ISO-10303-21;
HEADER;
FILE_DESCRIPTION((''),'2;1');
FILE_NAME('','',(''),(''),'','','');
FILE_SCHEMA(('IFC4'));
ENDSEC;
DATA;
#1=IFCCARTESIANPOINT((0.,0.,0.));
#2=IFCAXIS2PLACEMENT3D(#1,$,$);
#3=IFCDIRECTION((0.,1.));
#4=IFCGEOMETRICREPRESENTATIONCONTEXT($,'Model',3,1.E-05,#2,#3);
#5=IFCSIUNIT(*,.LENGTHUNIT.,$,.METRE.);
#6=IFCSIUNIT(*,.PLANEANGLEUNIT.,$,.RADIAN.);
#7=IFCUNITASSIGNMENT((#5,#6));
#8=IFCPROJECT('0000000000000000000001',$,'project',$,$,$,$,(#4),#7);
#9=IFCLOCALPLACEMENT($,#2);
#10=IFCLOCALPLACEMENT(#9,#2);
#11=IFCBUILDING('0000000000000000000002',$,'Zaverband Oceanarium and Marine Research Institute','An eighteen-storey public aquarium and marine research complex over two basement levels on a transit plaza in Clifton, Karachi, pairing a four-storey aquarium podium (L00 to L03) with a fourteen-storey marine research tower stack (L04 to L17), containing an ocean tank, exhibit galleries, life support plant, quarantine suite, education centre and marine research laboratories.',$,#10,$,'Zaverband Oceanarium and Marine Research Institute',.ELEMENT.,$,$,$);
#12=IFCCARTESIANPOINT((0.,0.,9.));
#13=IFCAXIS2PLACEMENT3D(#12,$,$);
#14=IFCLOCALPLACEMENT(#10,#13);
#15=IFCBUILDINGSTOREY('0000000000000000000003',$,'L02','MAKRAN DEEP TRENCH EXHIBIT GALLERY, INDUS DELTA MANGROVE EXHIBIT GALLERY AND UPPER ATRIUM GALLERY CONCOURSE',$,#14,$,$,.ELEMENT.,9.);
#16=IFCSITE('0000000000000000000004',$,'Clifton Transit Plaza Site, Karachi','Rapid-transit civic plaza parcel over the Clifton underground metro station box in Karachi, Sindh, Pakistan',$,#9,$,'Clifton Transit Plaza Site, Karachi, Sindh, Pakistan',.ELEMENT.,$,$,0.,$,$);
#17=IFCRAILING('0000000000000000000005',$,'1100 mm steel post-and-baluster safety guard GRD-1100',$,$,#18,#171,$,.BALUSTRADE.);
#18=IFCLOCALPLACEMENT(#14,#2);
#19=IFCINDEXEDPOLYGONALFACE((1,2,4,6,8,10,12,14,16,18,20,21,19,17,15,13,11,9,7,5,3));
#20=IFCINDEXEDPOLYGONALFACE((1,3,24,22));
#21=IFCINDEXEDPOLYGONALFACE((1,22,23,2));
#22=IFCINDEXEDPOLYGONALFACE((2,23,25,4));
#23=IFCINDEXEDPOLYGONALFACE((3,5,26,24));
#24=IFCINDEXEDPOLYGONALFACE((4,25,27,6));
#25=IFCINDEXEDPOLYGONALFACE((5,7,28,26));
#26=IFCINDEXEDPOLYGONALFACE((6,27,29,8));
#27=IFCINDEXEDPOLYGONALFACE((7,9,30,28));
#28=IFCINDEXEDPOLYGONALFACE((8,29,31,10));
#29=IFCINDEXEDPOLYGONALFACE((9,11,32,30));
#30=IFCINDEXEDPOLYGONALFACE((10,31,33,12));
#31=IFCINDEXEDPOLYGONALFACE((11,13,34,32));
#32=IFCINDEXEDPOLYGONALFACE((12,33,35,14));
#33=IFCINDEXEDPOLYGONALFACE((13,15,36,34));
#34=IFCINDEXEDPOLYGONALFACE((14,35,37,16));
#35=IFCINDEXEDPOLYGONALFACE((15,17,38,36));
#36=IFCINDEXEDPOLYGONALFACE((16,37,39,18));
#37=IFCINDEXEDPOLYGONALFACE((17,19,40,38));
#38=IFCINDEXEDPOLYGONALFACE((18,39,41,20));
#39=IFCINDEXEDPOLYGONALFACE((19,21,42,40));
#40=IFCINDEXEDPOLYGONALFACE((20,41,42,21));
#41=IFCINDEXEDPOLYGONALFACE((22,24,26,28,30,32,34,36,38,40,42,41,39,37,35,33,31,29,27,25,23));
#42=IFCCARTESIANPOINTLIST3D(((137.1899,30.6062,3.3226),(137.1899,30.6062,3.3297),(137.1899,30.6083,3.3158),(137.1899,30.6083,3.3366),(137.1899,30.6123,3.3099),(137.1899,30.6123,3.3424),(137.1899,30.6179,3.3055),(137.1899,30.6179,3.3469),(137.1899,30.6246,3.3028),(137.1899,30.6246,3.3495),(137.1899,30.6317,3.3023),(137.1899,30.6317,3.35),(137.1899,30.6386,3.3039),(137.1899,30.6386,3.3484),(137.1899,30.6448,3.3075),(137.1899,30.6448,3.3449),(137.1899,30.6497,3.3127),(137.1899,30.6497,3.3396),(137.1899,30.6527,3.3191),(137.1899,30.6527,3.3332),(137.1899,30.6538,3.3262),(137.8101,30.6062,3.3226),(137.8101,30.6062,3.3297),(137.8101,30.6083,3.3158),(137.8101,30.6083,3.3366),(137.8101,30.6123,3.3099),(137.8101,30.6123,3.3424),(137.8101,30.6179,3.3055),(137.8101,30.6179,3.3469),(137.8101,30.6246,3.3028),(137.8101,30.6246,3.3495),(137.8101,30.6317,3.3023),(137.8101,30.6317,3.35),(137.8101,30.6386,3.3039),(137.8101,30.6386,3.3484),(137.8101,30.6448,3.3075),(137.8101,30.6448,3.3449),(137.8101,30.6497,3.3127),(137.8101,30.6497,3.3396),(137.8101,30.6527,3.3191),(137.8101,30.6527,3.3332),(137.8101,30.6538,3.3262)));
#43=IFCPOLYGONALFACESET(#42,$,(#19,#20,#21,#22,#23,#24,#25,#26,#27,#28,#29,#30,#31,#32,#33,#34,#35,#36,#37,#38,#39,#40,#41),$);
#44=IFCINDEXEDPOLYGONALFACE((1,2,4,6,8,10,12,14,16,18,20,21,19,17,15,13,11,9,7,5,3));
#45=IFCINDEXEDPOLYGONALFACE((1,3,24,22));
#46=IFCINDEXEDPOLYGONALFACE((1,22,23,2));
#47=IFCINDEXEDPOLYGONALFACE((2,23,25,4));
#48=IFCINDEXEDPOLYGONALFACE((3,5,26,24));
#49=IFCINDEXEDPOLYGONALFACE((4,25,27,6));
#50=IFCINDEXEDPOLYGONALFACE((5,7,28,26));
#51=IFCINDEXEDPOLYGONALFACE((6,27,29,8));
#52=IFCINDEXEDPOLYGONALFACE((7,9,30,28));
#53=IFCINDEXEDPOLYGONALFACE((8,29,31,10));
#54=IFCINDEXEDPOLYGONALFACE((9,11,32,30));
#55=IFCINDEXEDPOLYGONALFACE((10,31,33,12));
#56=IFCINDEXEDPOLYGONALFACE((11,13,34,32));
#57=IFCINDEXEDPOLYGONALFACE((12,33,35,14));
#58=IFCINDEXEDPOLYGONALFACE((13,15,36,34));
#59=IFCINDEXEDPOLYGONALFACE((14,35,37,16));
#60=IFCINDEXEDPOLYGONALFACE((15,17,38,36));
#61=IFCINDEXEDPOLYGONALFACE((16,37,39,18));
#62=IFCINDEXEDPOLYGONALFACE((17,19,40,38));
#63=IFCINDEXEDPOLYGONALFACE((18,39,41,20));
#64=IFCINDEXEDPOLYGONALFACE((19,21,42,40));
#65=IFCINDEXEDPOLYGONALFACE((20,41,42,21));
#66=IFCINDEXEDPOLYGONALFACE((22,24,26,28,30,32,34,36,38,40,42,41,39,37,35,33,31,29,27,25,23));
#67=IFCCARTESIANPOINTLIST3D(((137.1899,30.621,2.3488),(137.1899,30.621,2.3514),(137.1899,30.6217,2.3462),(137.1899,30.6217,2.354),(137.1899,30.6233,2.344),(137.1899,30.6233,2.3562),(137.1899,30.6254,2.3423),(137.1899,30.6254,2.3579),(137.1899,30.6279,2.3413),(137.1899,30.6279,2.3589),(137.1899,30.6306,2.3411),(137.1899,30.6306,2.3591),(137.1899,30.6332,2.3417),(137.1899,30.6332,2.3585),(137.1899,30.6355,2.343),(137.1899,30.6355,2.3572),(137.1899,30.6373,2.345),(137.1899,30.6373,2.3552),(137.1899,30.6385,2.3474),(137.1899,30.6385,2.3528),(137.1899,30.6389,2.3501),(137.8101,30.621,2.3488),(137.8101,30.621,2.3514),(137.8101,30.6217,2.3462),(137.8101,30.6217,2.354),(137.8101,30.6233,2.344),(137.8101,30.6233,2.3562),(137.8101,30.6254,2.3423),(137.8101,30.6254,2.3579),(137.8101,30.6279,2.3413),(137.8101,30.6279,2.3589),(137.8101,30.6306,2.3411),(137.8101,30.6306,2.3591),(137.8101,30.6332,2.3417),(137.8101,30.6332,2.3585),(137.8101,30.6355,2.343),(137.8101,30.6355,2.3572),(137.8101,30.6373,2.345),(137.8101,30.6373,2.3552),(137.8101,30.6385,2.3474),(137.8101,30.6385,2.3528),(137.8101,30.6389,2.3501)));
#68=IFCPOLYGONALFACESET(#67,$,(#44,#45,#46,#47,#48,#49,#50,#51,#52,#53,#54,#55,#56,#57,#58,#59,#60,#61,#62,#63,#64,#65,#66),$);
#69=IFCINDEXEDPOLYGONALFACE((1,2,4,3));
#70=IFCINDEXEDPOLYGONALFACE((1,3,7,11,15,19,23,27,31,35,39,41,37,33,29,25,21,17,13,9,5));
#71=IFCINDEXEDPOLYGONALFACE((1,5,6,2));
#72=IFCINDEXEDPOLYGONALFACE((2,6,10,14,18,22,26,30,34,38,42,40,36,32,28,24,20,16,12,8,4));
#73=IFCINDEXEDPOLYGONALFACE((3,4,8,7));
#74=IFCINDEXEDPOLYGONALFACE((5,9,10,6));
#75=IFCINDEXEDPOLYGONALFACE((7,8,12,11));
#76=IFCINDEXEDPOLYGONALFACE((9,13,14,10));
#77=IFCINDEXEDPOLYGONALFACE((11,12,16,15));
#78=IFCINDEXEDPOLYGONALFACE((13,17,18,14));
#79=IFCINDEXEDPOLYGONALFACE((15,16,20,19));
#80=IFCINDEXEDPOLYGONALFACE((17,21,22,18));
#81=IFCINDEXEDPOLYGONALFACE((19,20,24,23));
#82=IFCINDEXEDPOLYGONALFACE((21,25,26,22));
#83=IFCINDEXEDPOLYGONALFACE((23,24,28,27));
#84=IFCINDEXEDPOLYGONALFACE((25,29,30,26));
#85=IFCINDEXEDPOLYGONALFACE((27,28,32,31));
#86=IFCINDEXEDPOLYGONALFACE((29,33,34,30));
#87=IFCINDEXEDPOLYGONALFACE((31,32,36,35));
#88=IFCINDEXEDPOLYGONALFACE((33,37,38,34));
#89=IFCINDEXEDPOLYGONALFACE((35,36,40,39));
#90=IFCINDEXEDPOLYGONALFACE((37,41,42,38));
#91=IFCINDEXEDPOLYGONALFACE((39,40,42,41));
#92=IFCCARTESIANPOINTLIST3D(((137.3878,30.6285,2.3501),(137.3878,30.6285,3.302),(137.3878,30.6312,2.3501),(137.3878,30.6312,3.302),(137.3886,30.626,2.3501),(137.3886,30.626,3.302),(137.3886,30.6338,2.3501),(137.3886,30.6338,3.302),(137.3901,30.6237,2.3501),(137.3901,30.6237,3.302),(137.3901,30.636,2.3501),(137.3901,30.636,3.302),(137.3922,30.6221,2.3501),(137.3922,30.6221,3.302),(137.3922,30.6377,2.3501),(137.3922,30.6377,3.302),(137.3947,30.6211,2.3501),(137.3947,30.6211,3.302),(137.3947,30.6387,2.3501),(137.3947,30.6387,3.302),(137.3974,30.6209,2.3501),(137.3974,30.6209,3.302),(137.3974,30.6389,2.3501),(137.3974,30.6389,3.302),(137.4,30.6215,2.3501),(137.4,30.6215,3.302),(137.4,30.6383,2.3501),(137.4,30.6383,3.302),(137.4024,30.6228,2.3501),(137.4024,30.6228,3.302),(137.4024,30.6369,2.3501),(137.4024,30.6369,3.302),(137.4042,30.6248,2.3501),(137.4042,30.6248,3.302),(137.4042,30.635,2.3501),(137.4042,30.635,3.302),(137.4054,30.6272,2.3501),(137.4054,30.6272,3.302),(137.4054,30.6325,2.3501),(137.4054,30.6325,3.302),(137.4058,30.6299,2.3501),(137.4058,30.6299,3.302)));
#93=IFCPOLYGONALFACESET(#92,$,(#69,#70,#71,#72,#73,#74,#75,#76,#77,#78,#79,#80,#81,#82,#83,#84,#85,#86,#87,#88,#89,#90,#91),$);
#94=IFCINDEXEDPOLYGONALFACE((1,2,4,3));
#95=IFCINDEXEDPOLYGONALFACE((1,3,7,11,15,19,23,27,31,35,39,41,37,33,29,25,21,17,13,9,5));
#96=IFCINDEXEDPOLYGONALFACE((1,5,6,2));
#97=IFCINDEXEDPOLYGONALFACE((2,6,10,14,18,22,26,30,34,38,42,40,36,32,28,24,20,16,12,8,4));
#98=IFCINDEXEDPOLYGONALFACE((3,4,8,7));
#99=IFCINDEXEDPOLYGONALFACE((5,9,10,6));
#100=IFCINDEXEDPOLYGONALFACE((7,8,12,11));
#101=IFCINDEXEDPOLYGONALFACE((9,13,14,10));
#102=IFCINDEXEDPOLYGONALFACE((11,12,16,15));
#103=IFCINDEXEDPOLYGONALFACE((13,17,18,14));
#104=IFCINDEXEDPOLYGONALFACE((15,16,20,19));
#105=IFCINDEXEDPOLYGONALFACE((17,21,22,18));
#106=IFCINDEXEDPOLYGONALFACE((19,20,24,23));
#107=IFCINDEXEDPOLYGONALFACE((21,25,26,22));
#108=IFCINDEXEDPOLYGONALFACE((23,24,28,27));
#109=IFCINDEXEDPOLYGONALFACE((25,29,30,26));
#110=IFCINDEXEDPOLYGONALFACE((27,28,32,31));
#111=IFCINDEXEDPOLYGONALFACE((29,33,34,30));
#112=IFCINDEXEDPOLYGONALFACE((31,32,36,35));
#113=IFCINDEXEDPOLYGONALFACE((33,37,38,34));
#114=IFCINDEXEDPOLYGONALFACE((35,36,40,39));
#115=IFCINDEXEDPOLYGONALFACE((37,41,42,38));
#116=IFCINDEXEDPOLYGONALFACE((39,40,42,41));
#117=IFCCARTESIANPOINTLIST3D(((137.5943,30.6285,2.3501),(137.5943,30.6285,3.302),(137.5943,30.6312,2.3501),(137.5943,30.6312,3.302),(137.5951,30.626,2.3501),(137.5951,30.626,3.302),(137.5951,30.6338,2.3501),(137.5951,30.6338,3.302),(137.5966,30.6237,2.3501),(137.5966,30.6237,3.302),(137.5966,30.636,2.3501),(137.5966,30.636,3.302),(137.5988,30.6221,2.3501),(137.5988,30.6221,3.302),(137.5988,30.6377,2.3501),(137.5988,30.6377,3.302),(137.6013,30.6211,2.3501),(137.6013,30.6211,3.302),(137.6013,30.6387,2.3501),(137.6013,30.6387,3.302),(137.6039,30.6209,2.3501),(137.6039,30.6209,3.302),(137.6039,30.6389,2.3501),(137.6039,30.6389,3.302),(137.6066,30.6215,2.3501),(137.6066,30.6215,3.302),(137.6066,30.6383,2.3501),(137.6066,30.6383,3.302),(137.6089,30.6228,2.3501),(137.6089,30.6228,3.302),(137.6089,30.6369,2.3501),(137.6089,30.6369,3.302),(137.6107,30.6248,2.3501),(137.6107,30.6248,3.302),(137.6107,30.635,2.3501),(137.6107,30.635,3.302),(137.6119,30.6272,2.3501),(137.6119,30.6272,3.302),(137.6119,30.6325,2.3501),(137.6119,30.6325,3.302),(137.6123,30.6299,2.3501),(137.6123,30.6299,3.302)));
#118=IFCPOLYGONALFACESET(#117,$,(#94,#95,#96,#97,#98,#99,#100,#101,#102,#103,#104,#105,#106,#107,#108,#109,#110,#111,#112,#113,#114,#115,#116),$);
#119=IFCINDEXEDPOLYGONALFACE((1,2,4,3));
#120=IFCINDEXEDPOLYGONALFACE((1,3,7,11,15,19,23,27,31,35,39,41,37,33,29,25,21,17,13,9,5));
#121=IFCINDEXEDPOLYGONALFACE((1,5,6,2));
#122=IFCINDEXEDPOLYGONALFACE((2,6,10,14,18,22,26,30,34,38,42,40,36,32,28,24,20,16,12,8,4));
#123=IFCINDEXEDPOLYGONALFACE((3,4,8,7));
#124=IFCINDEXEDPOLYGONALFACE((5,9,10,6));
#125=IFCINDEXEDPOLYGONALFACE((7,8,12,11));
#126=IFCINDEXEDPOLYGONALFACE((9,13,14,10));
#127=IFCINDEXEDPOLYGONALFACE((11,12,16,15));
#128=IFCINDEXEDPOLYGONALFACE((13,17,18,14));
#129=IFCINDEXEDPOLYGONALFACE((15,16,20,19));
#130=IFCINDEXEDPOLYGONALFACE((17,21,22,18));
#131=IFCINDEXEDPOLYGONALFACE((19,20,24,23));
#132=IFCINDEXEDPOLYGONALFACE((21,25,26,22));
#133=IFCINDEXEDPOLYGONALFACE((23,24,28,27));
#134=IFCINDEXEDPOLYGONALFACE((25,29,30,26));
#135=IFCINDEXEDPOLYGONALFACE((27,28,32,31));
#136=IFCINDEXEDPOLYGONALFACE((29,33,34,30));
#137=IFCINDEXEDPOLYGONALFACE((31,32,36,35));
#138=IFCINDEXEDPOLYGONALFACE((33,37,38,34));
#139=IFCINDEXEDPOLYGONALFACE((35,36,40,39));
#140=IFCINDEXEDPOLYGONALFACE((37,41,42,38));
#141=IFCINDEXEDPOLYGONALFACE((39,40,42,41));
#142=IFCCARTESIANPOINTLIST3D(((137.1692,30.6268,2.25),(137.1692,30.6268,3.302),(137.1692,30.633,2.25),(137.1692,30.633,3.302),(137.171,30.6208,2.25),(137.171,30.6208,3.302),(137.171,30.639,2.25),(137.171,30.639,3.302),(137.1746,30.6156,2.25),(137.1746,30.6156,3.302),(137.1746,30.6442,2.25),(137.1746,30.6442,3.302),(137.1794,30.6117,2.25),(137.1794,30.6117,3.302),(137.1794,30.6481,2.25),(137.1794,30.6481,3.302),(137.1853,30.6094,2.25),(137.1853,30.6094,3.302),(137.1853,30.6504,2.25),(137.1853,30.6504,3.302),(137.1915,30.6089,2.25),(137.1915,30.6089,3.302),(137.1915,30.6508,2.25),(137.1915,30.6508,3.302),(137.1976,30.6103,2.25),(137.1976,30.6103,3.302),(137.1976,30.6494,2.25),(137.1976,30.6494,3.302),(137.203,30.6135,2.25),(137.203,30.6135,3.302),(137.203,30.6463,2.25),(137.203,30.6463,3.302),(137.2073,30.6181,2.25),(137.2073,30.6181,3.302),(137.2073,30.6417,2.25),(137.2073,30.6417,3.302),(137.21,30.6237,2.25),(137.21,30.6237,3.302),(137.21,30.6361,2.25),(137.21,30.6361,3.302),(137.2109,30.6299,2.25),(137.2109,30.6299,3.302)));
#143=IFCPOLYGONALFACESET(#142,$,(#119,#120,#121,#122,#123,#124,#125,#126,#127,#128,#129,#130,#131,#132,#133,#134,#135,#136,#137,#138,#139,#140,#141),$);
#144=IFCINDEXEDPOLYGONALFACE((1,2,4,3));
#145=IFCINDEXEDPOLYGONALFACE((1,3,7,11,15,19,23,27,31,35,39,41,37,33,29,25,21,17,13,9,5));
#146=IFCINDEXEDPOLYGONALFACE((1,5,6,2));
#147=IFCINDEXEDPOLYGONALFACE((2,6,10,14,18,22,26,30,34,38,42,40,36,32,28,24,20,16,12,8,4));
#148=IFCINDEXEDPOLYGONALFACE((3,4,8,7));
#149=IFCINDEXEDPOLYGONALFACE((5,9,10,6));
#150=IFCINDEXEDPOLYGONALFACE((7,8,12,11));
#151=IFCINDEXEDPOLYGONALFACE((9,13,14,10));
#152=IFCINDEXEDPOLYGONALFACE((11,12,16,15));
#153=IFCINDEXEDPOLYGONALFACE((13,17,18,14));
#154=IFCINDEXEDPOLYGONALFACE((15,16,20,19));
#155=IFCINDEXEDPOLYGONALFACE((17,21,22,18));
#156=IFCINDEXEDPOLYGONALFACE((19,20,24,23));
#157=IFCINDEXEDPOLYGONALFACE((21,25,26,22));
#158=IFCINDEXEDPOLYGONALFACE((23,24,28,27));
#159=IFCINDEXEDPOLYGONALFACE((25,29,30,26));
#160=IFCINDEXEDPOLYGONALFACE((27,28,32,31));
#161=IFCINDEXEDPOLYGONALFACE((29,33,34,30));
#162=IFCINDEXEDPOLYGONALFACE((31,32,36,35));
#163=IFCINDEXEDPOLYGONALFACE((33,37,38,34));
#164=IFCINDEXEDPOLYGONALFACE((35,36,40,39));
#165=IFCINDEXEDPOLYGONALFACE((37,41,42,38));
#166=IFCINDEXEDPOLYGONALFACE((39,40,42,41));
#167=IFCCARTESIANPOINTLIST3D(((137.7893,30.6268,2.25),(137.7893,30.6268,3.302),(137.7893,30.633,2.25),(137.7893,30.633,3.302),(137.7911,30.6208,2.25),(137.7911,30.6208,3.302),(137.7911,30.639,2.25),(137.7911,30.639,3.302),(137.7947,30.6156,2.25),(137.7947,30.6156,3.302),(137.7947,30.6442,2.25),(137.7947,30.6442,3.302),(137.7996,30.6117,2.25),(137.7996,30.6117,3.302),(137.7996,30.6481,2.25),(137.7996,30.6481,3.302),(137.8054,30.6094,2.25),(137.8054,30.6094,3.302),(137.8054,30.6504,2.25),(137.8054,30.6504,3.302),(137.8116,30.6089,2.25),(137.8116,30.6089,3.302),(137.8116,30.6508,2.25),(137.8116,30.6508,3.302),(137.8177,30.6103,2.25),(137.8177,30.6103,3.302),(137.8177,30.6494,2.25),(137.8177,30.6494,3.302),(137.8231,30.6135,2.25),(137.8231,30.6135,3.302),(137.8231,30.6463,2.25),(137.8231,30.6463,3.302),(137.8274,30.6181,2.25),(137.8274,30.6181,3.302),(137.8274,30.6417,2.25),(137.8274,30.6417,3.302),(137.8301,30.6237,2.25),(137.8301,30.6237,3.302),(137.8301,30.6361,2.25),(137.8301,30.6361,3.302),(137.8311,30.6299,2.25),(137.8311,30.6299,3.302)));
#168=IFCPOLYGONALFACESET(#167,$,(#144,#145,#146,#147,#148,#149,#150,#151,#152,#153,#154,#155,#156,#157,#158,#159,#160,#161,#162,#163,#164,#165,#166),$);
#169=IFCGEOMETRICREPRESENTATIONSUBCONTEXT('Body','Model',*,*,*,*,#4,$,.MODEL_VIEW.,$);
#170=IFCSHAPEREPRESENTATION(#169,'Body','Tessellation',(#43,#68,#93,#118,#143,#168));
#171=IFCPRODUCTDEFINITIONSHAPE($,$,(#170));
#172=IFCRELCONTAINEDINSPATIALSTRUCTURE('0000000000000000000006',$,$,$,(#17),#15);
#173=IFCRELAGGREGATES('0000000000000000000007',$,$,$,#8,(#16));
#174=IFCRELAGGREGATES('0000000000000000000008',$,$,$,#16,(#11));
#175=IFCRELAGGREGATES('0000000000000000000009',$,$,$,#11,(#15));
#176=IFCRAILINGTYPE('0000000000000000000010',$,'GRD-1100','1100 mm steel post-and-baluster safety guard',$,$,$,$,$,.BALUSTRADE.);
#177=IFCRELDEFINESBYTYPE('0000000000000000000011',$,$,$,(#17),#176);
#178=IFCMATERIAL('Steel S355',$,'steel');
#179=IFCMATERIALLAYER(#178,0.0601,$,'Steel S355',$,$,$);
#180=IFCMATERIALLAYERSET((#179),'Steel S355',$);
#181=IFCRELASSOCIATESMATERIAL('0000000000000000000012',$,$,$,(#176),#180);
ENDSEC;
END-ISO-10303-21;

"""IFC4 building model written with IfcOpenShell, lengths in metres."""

from ifc_helpers import new_model, si_unit, direction, frame, origin, origin_2d, place, context, subcontext, project, spatial, circle, extrude, material, layer, layer_set, type_object, element, save


model = new_model("IFC4")

# Units and contexts
model_context = context("Model", 3, precision=1e-05, world=origin(), true_north=direction((0.0, 1.0)))
body_context = subcontext(model_context, "Body", "Model", "MODEL_VIEW")
ifc_project = project(units=[si_unit("LENGTHUNIT", "METRE"), si_unit("PLANEANGLEUNIT", "RADIAN")], contexts=[model_context])

# Site, building, storey
site_placement = place(None, origin())
site = spatial("IfcSite", under=ifc_project, at=site_placement, Name="Clifton Transit Plaza Site, Karachi", Description="Rapid-transit civic plaza parcel over the Clifton underground metro station box in Karachi, Sindh, Pakistan", LongName="Clifton Transit Plaza Site, Karachi, Sindh, Pakistan", CompositionType="ELEMENT", RefElevation=0.0)
building_placement = place(site_placement, origin())
building = spatial("IfcBuilding", under=site, at=building_placement, Name="Zaverband Oceanarium and Marine Research Institute", Description="An eighteen-storey public aquarium and marine research complex over two basement levels on a transit plaza in Clifton, Karachi, pairing a four-storey aquarium podium (L00 to L03) with a fourteen-storey marine research tower stack (L04 to L17), containing an ocean tank, exhibit galleries, life support plant, quarantine suite, education centre and marine research laboratories.", LongName="Zaverband Oceanarium and Marine Research Institute", CompositionType="ELEMENT")
storey_placement = place(building_placement, frame((0.0, 0.0, 9.0)))
storey = spatial("IfcBuildingStorey", under=building, at=storey_placement, Name="L02", Description="MAKRAN DEEP TRENCH EXHIBIT GALLERY, INDUS DELTA MANGROVE EXHIBIT GALLERY AND UPPER ATRIUM GALLERY CONCOURSE", CompositionType="ELEMENT", Elevation=9.0)

# Shared definitions
ifc_material_1 = material(Name="Steel S355", Category="steel")

# Railing
ifc_layer_1 = layer(ifc_material_1, 0.0601, Name="Steel S355")
ifc_layer_set_1 = layer_set([ifc_layer_1], Name="Steel S355")
railing_type_1 = type_object("IfcRailingType", Name="GRD-1100", Description="1100 mm steel post-and-baluster safety guard", PredefinedType="BALUSTRADE", material=ifc_layer_set_1)
for number, where, name in (
    (1, (137.1899, 30.6299, 2.25), "1100 mm steel post-and-baluster safety guard GRD-1100"),
):
    element("IfcRailing", number, at=place(storey_placement, frame(where)), inside=storey, type_object=railing_type_1, Name=name, PredefinedType="BALUSTRADE", context=body_context, shape_type="SweptSolid", body=[
        extrude(circle(Radius=0.0239, at=origin_2d()), frame((0.0, 0.0, 1.0762), z_axis=(1.0, 0.0, 0.0), x_axis=(0.0, 1.0, 0.0)), (0.0, 0.0, 1.0), 0.6201),
        extrude(circle(Radius=0.009, at=origin_2d()), frame((0.0, 0.0, 0.1001), z_axis=(1.0, 0.0, 0.0), x_axis=(0.0, 1.0, 0.0)), (0.0, 0.0, 1.0), 0.6201),
        extrude(circle(Radius=0.009, at=origin_2d()), frame((0.2068, 0.0, 0.1001)), (0.0, 0.0, 1.0), 0.9519),
        extrude(circle(Radius=0.009, at=origin_2d()), frame((0.4133, 0.0, 0.1001)), (0.0, 0.0, 1.0), 0.9519),
        extrude(circle(Radius=0.021, at=origin_2d()), origin(), (0.0, 0.0, 1.0), 1.052),
        extrude(circle(Radius=0.021, at=origin_2d()), frame((0.6201, 0.0, 0.0)), (0.0, 0.0, 1.0), 1.052),
    ])

save(model, "model.ifc")
